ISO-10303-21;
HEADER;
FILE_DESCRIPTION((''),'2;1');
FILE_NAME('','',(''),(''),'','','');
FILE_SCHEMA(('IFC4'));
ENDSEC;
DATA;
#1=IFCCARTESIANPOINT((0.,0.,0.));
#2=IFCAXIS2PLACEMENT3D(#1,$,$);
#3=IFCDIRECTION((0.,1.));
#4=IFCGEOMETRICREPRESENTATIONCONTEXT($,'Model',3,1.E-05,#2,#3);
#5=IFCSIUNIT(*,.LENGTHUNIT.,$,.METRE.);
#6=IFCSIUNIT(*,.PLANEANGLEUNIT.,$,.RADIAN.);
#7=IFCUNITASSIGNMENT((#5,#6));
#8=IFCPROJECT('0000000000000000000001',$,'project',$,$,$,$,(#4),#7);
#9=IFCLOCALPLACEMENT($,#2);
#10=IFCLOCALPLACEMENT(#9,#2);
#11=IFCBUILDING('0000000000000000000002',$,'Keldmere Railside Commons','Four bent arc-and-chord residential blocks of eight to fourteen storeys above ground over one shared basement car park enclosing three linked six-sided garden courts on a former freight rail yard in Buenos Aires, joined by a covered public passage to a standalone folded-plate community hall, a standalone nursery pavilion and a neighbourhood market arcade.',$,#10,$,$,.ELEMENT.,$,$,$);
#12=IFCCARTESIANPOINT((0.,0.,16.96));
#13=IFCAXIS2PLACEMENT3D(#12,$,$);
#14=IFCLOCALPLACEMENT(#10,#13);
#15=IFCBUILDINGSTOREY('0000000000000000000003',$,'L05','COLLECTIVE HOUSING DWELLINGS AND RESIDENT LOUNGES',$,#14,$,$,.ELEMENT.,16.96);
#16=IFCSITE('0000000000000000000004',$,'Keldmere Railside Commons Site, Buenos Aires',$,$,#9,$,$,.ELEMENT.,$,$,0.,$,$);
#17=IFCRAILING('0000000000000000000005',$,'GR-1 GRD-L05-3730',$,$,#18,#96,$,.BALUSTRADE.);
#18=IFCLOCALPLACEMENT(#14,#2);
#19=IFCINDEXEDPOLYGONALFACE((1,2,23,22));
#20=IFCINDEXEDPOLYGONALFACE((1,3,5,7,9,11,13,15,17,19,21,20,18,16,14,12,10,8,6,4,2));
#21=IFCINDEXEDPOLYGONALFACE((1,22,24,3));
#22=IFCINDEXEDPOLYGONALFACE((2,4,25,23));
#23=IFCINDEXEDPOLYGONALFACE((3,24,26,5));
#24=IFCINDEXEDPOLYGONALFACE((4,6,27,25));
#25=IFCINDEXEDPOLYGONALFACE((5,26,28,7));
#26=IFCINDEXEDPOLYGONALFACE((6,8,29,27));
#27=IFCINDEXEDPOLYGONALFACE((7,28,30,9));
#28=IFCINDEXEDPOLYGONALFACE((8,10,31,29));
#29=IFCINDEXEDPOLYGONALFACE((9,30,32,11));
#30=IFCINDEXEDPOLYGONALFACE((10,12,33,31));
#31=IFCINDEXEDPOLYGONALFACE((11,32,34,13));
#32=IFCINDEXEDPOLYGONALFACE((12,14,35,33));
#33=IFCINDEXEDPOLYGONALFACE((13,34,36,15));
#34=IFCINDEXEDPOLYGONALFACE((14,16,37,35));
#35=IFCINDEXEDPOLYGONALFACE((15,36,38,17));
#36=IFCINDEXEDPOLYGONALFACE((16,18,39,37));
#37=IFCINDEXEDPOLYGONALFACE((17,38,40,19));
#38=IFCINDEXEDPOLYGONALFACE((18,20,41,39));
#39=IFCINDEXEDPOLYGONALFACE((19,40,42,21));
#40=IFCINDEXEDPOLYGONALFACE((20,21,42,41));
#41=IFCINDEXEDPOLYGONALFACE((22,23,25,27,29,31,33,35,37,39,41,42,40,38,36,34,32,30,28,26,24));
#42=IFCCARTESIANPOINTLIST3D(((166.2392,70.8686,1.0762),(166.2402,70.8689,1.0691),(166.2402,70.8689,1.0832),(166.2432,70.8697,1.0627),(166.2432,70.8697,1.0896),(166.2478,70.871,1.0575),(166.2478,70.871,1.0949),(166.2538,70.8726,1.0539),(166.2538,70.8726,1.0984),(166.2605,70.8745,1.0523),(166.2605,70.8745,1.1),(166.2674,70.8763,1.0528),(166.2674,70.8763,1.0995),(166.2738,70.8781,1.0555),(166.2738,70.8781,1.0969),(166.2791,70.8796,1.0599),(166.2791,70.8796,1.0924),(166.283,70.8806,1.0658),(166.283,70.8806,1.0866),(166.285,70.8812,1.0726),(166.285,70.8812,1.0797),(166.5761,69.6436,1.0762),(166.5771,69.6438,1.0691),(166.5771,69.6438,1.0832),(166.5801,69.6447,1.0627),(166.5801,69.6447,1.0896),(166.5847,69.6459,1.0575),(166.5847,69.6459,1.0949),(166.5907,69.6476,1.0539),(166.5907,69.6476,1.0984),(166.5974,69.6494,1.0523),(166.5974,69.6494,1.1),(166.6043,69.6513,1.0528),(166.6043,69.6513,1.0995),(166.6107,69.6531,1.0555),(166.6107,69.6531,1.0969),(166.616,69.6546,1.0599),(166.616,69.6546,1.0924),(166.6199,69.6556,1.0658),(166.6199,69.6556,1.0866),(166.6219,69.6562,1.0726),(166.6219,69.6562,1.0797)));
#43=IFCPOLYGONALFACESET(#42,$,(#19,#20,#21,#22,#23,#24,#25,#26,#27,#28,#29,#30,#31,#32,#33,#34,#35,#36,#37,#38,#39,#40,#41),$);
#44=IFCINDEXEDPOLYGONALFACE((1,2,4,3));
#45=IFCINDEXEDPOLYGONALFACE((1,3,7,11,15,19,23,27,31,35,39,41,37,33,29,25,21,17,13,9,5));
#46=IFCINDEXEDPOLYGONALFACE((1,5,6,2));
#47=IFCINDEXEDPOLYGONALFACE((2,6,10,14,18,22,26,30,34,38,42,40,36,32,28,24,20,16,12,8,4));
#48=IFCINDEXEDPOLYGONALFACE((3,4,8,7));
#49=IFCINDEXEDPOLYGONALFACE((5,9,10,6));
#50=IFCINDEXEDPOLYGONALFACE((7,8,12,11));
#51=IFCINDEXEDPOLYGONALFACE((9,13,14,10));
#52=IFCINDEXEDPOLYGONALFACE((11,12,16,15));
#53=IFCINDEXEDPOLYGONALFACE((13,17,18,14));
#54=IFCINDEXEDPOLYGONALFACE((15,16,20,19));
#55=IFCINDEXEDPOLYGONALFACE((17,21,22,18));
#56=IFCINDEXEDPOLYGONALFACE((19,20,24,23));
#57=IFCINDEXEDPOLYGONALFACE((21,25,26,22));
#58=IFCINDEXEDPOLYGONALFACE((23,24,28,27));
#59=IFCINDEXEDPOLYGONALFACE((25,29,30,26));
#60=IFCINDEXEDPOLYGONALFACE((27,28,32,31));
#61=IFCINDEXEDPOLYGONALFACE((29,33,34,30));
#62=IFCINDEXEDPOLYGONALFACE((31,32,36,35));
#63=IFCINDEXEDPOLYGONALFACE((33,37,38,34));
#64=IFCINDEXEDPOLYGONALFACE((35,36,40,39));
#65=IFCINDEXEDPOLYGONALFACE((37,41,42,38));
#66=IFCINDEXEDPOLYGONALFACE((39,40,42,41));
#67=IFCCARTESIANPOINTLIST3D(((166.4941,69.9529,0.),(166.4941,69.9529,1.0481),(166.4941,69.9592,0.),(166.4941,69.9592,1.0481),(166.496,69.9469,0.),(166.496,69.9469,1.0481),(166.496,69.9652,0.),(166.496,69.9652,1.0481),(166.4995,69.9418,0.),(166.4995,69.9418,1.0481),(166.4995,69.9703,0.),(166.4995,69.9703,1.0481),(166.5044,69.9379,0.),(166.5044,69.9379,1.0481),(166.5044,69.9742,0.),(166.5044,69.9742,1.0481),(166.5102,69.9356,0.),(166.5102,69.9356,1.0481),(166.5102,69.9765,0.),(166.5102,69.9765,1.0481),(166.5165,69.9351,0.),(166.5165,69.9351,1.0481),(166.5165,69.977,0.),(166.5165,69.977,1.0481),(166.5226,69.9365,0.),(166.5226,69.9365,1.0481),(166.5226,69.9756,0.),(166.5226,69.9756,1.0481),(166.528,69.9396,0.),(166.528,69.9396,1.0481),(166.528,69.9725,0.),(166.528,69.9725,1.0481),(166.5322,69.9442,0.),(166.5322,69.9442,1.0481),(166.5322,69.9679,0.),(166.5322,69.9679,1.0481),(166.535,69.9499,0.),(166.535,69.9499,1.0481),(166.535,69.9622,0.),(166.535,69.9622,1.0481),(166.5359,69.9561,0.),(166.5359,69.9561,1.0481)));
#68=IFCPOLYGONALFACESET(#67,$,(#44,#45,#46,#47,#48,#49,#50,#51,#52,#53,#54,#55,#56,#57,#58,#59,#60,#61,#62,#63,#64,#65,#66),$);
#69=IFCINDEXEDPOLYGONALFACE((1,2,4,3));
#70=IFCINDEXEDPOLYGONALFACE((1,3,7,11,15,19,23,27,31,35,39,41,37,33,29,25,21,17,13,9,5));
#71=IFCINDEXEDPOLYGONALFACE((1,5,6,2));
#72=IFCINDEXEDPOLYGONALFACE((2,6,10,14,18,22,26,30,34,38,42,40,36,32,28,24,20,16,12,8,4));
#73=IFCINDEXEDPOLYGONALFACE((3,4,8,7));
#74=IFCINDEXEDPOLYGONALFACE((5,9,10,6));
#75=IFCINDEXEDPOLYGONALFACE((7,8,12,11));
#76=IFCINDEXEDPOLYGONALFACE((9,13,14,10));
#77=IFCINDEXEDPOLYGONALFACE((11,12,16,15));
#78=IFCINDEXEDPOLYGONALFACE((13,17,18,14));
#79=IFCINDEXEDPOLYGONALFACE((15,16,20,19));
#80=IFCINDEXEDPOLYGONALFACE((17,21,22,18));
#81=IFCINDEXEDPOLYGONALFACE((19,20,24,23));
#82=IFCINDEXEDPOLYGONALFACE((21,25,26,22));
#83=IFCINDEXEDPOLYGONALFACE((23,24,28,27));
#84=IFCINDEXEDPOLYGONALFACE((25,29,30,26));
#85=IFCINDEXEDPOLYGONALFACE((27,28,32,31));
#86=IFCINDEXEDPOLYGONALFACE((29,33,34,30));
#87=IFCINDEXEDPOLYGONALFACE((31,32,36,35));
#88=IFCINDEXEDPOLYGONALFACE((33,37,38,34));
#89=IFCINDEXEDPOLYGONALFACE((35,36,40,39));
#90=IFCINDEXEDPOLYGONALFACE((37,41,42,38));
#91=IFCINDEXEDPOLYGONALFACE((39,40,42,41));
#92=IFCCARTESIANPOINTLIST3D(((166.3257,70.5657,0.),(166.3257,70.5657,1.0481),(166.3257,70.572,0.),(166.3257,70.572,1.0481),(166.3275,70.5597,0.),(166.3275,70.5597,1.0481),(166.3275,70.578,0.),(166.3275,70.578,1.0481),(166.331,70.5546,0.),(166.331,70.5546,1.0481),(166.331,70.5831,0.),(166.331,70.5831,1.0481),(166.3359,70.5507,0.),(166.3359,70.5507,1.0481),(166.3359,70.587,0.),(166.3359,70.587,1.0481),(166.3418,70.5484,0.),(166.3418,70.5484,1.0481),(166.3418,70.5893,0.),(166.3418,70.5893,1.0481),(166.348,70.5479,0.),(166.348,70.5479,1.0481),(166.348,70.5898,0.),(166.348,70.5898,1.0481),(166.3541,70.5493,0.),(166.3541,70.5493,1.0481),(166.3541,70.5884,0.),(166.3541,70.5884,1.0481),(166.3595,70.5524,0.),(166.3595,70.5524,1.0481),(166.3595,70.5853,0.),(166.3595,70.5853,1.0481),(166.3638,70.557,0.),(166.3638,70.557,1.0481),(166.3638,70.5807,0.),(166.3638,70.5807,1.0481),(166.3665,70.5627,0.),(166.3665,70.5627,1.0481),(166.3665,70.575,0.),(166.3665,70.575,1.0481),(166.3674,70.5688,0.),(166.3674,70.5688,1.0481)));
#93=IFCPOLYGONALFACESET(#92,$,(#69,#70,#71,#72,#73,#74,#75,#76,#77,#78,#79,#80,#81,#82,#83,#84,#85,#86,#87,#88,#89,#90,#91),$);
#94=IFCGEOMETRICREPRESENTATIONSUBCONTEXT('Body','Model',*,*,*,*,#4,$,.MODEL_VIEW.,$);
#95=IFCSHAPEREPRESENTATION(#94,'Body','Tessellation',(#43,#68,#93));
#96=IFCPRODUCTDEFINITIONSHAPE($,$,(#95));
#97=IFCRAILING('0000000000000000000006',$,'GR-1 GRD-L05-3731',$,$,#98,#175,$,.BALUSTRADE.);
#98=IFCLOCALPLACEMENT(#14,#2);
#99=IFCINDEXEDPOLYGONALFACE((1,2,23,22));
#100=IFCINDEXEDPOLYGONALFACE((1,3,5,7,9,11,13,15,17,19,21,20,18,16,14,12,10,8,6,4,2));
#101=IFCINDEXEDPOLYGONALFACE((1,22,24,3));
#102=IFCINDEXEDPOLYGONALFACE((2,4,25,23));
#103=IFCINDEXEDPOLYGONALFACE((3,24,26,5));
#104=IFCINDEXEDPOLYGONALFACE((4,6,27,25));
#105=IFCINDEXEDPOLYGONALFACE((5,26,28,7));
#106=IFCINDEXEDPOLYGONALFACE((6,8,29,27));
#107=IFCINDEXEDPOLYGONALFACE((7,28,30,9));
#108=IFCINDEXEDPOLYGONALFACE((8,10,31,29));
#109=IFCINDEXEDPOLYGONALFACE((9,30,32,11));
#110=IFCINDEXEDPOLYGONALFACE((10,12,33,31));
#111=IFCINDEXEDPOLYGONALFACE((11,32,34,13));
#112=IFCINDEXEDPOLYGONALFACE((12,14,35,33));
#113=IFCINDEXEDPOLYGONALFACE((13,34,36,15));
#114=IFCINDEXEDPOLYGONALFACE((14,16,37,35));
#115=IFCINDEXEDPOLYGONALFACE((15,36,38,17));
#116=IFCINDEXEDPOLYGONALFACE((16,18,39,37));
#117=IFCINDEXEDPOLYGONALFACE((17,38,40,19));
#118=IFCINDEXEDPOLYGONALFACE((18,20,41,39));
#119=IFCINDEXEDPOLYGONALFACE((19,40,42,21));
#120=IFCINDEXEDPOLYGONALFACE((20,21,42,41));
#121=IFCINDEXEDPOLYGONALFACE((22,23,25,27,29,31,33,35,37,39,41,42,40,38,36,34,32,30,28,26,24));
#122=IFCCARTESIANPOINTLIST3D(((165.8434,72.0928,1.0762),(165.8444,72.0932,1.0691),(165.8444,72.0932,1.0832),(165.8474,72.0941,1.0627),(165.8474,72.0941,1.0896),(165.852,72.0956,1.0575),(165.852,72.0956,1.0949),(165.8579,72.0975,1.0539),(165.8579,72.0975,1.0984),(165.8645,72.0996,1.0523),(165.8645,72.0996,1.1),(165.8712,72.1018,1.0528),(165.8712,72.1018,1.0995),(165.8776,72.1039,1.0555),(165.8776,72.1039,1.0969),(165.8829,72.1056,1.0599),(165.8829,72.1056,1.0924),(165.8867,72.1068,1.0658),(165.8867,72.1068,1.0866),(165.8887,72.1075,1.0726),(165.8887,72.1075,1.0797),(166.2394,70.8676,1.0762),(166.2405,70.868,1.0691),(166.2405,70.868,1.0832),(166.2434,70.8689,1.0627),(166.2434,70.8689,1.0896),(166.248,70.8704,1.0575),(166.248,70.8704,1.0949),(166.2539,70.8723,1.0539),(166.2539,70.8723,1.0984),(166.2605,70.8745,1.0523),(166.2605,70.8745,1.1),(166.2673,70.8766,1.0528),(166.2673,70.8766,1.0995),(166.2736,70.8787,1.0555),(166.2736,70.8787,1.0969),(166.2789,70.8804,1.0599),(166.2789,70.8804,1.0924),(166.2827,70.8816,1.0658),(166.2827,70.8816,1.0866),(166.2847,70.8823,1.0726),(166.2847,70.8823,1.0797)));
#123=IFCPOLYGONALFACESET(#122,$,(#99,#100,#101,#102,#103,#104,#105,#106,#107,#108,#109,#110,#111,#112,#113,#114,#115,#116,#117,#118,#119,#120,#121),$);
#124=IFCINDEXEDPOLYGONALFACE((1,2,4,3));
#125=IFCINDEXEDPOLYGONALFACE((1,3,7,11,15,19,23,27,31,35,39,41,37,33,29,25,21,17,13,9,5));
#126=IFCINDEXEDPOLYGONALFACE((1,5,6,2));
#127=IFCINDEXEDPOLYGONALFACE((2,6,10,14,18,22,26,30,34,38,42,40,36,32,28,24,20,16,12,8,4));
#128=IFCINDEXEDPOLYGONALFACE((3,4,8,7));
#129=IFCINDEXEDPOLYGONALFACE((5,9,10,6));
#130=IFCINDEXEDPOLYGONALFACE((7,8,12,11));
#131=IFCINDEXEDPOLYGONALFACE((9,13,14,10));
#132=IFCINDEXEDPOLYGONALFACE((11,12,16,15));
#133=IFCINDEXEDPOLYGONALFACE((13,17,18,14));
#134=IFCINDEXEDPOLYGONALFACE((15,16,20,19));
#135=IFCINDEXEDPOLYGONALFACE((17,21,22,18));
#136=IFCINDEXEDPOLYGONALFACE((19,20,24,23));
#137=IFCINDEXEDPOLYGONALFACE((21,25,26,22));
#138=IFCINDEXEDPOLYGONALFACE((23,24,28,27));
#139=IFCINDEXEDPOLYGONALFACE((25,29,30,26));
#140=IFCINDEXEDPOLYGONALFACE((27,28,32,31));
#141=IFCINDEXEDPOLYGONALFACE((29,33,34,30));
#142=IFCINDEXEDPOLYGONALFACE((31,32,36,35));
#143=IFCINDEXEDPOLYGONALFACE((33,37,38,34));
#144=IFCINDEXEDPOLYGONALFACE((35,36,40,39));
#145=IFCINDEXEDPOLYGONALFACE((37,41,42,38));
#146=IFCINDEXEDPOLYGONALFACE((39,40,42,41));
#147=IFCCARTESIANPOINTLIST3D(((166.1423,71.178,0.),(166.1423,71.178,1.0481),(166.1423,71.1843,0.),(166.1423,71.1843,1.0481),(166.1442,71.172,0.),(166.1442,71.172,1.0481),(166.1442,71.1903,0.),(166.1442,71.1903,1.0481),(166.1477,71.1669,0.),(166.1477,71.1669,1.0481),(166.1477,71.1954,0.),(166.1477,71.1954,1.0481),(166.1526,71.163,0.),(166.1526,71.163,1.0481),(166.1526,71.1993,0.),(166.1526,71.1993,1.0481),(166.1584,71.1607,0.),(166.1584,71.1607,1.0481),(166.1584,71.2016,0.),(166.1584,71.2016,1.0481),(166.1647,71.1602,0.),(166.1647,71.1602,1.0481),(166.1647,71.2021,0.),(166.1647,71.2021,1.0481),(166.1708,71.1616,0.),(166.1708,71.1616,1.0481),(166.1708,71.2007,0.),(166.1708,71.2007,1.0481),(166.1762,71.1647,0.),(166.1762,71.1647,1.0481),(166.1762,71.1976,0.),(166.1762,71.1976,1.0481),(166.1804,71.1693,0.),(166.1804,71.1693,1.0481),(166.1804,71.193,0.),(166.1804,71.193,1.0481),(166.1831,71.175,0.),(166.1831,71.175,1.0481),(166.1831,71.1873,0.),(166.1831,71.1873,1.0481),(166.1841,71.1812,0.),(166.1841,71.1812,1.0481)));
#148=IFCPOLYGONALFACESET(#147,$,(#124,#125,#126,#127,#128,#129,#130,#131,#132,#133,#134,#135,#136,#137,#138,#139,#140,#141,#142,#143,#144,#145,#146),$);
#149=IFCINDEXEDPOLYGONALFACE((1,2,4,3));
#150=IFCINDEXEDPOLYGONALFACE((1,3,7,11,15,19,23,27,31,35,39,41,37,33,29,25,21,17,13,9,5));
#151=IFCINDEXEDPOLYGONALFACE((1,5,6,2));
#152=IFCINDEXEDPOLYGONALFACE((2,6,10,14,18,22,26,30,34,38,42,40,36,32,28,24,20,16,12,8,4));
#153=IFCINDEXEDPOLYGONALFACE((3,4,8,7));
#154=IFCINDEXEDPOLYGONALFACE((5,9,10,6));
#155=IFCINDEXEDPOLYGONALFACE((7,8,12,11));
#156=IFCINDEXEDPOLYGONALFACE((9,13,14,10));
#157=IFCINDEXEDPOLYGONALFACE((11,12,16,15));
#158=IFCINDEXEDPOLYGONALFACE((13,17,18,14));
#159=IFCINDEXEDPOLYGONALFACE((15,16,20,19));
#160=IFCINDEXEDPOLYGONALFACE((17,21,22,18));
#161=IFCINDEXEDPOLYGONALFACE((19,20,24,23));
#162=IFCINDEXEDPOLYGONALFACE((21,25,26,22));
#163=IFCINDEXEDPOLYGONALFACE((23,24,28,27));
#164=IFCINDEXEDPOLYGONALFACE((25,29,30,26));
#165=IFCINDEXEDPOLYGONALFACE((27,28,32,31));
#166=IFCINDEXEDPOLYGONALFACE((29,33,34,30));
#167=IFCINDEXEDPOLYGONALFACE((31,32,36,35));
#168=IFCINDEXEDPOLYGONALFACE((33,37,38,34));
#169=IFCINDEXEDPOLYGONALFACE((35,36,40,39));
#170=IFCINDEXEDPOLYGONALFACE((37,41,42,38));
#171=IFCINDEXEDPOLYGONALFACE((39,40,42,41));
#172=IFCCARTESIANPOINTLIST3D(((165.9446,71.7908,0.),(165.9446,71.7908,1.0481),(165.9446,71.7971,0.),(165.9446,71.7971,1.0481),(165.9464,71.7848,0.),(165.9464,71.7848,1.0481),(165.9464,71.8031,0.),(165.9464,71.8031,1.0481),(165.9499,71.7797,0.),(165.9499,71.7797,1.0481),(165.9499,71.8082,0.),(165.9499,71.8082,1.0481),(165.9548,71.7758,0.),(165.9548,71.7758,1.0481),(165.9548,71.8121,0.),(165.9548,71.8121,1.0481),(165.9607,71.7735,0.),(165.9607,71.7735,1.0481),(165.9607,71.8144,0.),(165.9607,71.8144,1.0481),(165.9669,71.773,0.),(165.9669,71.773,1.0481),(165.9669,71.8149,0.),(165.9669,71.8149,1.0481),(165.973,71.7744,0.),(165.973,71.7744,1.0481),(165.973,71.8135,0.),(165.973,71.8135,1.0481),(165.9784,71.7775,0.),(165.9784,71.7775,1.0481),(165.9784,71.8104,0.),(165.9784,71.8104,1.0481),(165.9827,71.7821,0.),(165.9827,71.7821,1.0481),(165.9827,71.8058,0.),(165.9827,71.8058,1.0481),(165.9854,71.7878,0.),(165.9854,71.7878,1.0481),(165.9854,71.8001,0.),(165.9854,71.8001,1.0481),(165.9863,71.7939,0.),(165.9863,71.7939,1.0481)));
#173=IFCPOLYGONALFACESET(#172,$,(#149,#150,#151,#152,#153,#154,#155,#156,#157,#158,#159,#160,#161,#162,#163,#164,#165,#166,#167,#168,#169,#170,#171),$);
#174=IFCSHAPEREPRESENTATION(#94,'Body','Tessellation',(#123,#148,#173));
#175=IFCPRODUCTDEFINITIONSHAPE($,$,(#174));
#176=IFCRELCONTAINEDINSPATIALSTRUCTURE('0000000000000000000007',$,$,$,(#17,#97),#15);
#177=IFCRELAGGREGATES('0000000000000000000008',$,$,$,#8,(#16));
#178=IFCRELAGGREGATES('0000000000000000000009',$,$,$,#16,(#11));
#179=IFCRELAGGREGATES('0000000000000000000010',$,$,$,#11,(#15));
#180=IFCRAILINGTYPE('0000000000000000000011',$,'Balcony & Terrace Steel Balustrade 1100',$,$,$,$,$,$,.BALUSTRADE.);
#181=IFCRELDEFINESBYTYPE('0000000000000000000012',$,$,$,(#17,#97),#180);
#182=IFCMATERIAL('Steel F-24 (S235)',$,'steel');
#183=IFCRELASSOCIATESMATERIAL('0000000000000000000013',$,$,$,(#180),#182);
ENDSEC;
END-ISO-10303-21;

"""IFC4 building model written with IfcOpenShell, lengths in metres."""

from ifc_helpers import new_model, si_unit, direction, frame, origin, origin_2d, place, context, subcontext, project, spatial, circle, extrude, material, type_object, element, save


model = new_model("IFC4")

# Units and contexts
model_context = context("Model", 3, precision=1e-05, world=origin(), true_north=direction((0.0, 1.0)))
body_context = subcontext(model_context, "Body", "Model", "MODEL_VIEW")
ifc_project = project(units=[si_unit("LENGTHUNIT", "METRE"), si_unit("PLANEANGLEUNIT", "RADIAN")], contexts=[model_context])

# Site, building, storey
site_placement = place(None, origin())
site = spatial("IfcSite", under=ifc_project, at=site_placement, Name="Keldmere Railside Commons Site, Buenos Aires", CompositionType="ELEMENT", RefElevation=0.0)
building_placement = place(site_placement, origin())
building = spatial("IfcBuilding", under=site, at=building_placement, Name="Keldmere Railside Commons", Description="Four bent arc-and-chord residential blocks of eight to fourteen storeys above ground over one shared basement car park enclosing three linked six-sided garden courts on a former freight rail yard in Buenos Aires, joined by a covered public passage to a standalone folded-plate community hall, a standalone nursery pavilion and a neighbourhood market arcade.", CompositionType="ELEMENT")
storey_placement = place(building_placement, frame((0.0, 0.0, 16.96)))
storey = spatial("IfcBuildingStorey", under=building, at=storey_placement, Name="L05", Description="COLLECTIVE HOUSING DWELLINGS AND RESIDENT LOUNGES", CompositionType="ELEMENT", Elevation=16.96)

# Shared definitions
ifc_material_1 = material(Name="Steel F-24 (S235)", Category="steel")

# Railings
railing_type_1 = type_object("IfcRailingType", Name="Balcony & Terrace Steel Balustrade 1100", PredefinedType="BALUSTRADE", material=ifc_material_1)
railing_1_placement = place(storey_placement, frame((166.5991, 69.6499, 0.0)))
element("IfcRailing", 1, at=railing_1_placement, inside=storey, type_object=railing_type_1, Name="GR-1 GRD-L05-3730", PredefinedType="BALUSTRADE", context=body_context, shape_type="SweptSolid", body=[
    extrude(circle(Radius=0.0239, at=origin_2d()), frame((0.0, 0.0, 1.0762), z_axis=(-0.265165, 0.964203, 0.0), x_axis=(-0.964203, -0.265165, 0.0)), (0.0, 0.0, 1.0), 1.2705),
    extrude(circle(Radius=0.021, at=origin_2d()), frame((-0.0842, 0.3062, 0.0)), (0.0, 0.0, 1.0), 1.0481),
    extrude(circle(Radius=0.021, at=origin_2d()), frame((-0.2527, 0.9189, 0.0)), (0.0, 0.0, 1.0), 1.0481),
])
railing_2_placement = place(storey_placement, frame((166.2622, 70.875, 0.0)))
element("IfcRailing", 2, at=railing_2_placement, inside=storey, type_object=railing_type_1, Name="GR-1 GRD-L05-3731", PredefinedType="BALUSTRADE", context=body_context, shape_type="SweptSolid", body=[
    extrude(circle(Radius=0.0239, at=origin_2d()), frame((0.0, 0.0, 1.0762), z_axis=(-0.307568, 0.951526, 0.0), x_axis=(-0.951526, -0.307568, 0.0)), (0.0, 0.0, 1.0), 1.2876),
    extrude(circle(Radius=0.021, at=origin_2d()), frame((-0.0991, 0.3062, 0.0)), (0.0, 0.0, 1.0), 1.0481),
    extrude(circle(Radius=0.021, at=origin_2d()), frame((-0.2969, 0.9189, 0.0)), (0.0, 0.0, 1.0), 1.0481),
])

save(model, "model.ifc")
